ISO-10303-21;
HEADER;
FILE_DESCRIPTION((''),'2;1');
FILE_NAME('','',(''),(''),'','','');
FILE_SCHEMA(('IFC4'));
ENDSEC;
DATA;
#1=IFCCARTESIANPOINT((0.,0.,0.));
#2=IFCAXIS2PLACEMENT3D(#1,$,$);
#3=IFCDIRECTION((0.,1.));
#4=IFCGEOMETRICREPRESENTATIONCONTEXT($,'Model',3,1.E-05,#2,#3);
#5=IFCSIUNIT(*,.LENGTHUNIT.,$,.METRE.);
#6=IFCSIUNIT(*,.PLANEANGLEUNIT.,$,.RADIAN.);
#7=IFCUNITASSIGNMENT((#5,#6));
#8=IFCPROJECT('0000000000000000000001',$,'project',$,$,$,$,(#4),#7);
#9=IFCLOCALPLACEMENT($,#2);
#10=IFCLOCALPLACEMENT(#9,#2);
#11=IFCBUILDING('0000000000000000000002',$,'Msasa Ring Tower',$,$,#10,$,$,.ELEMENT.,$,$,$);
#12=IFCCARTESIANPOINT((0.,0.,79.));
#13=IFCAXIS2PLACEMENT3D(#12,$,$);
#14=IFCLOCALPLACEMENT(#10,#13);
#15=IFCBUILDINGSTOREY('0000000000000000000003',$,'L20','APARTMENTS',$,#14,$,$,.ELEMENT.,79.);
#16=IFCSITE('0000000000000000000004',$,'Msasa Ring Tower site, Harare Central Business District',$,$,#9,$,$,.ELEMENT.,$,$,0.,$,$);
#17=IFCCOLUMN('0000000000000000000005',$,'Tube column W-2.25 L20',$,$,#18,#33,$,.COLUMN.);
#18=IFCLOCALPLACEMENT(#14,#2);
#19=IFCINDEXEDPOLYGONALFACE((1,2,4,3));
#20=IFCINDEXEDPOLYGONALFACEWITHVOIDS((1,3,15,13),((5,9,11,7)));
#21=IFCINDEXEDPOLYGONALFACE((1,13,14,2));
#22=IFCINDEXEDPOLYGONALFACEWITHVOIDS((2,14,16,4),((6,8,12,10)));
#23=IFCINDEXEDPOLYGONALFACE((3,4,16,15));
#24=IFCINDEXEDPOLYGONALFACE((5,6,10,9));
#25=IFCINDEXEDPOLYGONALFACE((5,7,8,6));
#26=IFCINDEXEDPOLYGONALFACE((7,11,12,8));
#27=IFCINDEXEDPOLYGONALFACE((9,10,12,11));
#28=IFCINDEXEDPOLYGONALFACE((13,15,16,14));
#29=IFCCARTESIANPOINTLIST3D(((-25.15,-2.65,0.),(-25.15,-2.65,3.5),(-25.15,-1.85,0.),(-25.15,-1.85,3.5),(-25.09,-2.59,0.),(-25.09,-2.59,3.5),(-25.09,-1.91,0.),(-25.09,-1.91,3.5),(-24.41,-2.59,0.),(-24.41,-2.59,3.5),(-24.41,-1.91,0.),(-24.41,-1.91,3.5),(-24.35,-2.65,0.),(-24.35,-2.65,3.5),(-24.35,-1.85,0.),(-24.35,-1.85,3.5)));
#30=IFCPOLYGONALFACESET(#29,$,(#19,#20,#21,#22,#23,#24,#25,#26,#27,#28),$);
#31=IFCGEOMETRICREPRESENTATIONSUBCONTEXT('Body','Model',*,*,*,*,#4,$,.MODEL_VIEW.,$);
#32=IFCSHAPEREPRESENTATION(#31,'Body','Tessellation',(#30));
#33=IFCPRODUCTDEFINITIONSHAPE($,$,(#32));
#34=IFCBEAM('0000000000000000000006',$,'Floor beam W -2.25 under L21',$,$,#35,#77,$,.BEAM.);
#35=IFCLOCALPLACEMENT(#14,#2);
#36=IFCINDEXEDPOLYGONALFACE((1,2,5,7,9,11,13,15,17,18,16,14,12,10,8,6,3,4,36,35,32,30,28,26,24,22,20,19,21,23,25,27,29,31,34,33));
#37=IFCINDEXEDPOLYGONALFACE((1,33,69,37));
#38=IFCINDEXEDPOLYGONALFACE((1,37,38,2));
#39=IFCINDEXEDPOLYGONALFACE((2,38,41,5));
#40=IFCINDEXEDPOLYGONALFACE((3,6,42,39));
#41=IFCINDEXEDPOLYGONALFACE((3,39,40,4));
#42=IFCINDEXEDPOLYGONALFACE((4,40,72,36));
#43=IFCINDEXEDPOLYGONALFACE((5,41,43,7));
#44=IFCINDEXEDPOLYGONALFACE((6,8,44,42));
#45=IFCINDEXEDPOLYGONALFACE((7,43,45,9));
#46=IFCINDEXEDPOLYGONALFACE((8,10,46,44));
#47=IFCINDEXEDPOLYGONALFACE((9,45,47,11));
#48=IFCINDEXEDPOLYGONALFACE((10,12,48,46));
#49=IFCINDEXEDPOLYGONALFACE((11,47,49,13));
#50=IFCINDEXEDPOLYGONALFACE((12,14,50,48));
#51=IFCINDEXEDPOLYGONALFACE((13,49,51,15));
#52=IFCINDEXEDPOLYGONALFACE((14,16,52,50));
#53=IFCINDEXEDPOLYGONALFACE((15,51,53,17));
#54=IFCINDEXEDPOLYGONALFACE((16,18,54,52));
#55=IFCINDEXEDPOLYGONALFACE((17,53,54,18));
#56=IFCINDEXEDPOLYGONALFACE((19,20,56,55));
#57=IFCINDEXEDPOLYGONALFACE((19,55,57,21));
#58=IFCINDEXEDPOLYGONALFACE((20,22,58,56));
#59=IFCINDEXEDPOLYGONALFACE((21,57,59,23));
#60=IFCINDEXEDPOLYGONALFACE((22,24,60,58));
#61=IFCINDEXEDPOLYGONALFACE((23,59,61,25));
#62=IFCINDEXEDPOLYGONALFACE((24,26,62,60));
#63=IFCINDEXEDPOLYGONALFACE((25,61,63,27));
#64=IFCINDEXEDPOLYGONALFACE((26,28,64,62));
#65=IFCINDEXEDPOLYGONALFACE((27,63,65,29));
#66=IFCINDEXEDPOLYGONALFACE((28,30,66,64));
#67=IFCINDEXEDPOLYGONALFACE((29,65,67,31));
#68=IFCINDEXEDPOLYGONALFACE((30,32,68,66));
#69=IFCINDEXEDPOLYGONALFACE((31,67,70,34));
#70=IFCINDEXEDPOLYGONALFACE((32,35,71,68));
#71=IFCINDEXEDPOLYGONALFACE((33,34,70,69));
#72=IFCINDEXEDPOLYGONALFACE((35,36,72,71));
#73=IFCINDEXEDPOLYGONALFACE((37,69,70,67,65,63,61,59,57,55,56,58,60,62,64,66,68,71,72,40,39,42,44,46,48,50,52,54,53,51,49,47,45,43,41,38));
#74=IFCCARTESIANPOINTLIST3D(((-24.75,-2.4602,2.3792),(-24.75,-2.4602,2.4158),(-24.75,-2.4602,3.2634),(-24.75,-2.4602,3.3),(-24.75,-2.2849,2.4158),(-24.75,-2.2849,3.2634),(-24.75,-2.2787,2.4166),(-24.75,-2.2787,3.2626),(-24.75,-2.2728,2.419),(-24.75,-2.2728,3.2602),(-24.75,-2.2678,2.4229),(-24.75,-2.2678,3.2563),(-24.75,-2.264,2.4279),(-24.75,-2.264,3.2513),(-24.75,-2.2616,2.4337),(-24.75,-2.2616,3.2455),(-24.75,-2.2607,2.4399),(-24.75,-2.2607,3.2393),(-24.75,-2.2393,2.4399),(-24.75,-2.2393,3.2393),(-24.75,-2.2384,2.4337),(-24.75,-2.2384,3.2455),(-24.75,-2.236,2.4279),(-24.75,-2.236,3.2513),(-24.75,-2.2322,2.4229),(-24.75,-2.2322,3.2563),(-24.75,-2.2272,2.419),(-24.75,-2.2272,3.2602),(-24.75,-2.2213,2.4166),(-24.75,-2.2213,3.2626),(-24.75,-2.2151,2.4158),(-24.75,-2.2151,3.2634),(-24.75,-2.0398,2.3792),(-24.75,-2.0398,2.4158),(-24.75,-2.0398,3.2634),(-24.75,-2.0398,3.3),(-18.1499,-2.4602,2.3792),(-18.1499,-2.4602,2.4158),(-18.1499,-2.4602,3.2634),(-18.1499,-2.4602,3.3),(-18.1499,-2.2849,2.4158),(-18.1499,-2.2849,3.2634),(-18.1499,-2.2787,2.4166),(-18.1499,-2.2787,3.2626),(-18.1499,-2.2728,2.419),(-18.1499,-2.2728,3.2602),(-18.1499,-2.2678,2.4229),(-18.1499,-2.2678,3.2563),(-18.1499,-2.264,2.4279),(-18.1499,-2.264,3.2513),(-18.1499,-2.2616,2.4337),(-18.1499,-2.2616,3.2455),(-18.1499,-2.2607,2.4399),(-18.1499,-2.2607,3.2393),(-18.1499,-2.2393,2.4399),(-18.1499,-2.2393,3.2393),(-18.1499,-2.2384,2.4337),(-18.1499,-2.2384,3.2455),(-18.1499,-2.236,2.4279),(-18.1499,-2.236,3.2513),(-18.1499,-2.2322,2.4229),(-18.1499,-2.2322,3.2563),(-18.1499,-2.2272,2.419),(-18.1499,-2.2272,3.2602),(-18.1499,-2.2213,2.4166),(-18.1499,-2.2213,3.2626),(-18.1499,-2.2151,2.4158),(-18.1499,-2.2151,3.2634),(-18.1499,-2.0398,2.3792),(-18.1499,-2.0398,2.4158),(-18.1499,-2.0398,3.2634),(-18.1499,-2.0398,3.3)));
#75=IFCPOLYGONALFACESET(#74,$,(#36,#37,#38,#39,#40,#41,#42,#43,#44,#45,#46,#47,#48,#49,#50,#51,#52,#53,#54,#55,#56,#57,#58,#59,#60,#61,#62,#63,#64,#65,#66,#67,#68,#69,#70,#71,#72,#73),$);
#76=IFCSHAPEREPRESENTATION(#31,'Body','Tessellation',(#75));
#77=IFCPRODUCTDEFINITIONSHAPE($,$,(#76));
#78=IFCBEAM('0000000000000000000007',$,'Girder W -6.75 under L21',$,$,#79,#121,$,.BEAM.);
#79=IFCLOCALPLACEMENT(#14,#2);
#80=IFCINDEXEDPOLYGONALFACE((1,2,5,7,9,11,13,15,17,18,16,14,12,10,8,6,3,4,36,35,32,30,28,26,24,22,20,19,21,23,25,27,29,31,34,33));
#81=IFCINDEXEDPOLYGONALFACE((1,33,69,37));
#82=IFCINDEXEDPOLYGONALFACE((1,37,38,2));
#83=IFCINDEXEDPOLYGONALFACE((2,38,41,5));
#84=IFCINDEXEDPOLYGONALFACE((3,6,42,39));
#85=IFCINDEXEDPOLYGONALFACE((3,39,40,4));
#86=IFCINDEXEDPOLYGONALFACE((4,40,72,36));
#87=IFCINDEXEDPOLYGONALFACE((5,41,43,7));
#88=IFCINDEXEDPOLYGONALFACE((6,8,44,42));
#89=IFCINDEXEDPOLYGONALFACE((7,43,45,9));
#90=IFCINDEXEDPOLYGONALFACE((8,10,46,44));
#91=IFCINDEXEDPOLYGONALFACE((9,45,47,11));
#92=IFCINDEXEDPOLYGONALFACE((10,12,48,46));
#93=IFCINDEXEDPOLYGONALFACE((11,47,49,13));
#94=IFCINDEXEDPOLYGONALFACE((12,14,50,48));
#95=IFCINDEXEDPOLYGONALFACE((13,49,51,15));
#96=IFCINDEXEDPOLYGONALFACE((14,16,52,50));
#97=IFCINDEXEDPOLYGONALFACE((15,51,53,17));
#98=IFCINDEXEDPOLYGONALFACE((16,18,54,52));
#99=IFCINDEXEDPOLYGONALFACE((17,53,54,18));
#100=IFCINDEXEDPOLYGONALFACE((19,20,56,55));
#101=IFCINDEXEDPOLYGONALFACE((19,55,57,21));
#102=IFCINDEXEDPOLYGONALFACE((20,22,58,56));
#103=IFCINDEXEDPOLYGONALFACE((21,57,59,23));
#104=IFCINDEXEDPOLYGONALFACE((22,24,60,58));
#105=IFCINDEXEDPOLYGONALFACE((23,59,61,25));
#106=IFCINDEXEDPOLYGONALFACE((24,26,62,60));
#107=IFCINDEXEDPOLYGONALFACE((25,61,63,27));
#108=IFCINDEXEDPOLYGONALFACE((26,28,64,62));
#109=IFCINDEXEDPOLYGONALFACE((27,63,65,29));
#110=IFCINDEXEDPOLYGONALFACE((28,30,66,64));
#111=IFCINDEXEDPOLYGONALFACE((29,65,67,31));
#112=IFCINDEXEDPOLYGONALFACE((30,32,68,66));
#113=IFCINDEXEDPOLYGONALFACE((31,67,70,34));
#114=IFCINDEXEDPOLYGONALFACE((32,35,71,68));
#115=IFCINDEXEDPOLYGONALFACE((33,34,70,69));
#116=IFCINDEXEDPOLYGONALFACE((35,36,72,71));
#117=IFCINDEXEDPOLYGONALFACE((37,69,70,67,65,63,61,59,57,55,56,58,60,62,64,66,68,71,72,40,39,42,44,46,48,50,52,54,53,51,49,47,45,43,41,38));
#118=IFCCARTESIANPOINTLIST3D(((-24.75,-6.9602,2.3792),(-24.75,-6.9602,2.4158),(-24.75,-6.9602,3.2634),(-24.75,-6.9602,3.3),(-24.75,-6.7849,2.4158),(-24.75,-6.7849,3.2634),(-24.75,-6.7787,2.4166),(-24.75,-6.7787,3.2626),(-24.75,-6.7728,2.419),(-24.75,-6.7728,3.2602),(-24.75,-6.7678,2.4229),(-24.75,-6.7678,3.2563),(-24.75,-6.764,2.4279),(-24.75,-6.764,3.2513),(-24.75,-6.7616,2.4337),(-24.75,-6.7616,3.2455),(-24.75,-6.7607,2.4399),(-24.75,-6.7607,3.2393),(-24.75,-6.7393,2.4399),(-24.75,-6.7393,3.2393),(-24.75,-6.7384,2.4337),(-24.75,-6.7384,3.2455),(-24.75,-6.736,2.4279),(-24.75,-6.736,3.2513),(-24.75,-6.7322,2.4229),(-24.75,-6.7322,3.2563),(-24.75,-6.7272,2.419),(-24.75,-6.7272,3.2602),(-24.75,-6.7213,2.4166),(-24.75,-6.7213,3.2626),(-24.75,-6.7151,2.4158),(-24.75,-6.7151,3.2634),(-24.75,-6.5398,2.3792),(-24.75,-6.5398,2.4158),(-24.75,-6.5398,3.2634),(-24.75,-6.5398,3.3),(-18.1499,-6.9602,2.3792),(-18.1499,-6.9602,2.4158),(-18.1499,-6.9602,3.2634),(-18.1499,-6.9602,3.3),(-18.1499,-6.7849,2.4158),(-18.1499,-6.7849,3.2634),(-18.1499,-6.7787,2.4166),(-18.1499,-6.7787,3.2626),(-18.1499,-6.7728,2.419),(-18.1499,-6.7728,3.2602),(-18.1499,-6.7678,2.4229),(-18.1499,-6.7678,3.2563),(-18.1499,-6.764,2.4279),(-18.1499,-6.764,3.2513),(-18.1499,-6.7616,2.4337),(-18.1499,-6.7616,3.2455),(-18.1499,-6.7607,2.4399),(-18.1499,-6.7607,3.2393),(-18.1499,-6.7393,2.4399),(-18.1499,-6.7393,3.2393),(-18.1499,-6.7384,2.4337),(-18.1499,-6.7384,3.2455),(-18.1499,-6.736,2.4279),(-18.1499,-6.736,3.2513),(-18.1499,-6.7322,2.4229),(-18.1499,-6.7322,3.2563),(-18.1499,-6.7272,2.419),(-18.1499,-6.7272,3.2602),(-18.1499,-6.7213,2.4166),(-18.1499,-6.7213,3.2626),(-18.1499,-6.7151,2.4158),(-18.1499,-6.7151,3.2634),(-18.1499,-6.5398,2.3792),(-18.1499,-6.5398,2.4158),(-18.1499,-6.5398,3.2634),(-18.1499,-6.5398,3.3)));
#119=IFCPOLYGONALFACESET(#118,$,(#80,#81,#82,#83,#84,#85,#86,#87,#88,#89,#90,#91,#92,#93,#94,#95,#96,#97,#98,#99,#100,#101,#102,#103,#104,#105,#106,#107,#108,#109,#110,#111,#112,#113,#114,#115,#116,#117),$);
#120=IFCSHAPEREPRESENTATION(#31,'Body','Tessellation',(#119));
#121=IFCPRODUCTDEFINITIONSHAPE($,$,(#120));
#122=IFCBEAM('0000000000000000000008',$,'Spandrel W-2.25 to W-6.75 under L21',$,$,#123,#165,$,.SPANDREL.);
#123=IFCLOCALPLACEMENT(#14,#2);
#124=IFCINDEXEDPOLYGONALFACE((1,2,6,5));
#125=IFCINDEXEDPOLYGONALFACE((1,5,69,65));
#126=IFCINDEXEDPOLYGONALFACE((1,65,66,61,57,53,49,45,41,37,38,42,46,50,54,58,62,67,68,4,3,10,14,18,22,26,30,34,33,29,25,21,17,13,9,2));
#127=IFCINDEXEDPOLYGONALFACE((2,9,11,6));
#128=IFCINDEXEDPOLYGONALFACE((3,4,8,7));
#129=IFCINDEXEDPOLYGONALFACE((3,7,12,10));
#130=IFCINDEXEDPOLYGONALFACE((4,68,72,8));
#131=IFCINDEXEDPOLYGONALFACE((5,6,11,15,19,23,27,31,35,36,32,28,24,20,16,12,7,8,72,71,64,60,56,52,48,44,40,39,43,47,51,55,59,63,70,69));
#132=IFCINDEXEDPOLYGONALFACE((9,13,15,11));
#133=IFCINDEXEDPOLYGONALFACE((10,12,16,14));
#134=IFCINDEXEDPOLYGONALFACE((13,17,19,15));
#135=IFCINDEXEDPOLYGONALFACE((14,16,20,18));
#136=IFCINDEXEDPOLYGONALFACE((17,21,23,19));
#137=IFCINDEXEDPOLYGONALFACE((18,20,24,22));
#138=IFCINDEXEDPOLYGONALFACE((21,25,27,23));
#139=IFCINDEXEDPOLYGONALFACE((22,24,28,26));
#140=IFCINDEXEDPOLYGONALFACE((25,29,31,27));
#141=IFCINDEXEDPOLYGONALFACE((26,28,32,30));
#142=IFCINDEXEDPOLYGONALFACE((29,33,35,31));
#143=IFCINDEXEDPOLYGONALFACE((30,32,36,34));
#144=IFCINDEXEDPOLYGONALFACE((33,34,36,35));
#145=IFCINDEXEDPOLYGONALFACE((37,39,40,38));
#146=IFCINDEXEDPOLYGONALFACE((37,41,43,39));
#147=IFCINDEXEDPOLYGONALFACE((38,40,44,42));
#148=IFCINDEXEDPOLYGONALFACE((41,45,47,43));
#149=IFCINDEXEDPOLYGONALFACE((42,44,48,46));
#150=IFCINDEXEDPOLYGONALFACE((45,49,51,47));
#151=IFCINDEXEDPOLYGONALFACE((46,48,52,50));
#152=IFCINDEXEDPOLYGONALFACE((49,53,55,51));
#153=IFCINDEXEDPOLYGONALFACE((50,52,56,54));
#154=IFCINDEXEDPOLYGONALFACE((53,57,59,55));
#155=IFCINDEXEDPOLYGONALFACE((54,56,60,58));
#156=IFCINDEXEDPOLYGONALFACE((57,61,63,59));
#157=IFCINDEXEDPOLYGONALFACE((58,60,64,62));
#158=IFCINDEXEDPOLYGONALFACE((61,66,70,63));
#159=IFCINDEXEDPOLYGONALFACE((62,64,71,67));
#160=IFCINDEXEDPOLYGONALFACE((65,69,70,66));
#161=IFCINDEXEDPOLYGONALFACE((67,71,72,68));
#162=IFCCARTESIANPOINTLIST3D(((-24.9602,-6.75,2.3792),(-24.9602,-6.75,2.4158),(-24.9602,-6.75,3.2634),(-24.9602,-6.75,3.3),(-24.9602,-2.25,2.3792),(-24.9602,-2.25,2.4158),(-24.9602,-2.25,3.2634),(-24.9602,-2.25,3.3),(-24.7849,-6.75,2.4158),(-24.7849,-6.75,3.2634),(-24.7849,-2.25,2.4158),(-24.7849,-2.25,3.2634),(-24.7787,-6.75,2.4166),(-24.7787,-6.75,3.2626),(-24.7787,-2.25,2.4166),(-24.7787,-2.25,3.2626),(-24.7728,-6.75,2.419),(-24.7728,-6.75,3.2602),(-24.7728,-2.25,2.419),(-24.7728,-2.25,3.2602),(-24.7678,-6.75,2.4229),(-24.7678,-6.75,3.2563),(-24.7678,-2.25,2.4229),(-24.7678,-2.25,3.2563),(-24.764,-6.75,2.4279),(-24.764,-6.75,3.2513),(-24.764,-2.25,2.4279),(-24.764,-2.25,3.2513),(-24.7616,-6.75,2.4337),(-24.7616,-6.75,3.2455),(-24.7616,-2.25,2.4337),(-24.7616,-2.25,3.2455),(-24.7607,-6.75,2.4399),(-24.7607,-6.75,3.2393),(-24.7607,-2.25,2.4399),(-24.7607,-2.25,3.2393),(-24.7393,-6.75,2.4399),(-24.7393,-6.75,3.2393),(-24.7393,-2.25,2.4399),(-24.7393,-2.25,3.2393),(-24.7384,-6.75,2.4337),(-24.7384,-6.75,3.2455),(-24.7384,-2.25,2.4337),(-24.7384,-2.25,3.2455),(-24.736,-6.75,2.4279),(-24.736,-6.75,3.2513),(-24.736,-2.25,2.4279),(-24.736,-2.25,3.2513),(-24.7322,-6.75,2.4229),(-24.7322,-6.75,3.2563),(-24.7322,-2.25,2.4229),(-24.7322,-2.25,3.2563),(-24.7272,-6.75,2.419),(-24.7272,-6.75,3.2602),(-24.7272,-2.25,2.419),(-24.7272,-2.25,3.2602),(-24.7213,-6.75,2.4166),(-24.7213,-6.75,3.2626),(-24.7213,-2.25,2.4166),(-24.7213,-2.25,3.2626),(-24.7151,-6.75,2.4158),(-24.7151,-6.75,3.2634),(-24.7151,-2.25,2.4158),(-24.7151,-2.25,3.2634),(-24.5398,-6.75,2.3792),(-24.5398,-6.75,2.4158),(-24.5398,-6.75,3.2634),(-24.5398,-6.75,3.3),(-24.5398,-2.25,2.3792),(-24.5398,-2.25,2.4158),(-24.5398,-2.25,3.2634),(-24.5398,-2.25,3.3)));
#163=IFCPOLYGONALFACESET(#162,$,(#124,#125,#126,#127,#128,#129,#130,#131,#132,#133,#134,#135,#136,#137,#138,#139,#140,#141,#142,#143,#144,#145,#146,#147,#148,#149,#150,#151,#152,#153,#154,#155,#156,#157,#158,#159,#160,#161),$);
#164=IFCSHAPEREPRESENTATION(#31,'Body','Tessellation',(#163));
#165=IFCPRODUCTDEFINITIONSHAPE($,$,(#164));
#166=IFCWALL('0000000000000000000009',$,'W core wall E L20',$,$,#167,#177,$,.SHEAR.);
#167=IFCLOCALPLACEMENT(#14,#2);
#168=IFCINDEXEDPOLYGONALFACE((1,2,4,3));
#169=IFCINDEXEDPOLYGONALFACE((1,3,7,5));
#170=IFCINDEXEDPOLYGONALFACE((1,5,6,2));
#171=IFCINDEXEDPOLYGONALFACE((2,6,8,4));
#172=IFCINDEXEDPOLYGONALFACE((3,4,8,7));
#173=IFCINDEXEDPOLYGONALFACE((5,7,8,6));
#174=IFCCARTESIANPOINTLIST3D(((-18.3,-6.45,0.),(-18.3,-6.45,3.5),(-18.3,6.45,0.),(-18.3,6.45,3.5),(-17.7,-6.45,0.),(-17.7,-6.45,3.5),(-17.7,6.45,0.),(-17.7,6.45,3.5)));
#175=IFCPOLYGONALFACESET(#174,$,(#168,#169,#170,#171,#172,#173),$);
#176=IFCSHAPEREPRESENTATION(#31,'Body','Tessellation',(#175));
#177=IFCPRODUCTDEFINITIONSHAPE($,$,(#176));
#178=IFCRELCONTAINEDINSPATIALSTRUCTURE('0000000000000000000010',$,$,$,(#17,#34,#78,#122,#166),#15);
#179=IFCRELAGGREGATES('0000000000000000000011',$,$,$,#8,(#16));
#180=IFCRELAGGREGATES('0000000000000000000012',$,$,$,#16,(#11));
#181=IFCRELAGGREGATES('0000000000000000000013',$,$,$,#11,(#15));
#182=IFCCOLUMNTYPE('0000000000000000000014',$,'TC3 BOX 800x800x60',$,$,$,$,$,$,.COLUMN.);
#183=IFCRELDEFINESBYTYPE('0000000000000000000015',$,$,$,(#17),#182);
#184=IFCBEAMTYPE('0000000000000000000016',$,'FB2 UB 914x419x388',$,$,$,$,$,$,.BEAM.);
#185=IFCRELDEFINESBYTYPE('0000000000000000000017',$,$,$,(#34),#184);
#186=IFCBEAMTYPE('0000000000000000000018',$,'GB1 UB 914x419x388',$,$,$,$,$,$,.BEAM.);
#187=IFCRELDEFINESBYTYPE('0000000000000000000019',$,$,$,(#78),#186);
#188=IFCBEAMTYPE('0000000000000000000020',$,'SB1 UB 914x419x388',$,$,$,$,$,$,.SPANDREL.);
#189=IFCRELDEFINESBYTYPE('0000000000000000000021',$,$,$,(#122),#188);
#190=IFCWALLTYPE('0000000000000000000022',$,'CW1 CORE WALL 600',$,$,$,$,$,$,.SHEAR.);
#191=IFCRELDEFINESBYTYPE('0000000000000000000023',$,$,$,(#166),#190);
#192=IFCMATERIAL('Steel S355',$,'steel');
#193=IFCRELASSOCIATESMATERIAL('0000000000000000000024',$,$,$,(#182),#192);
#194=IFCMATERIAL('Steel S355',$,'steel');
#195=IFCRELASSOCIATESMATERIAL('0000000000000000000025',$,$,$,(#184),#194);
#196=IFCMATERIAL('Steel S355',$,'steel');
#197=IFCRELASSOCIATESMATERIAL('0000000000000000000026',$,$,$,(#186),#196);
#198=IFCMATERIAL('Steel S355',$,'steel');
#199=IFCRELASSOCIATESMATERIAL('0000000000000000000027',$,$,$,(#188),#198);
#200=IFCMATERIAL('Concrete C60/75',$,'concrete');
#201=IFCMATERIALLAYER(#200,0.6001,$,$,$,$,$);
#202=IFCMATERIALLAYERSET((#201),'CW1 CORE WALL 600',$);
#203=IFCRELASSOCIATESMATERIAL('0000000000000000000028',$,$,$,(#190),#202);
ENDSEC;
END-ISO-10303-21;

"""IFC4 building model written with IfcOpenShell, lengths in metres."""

from ifc_helpers import new_model, si_unit, direction, frame, frame_2d, origin, origin_2d, place, context, subcontext, project, spatial, rectangle, hollow_rectangle, i_section, extrude, material, layer, layer_set, material_profile, profile_set, type_object, element, save


model = new_model("IFC4")

# Units and contexts
model_context = context("Model", 3, precision=1e-05, world=origin(), true_north=direction((0.0, 1.0)))
body_context = subcontext(model_context, "Body", "Model", "MODEL_VIEW")
ifc_project = project(units=[si_unit("LENGTHUNIT", "METRE"), si_unit("PLANEANGLEUNIT", "RADIAN")], contexts=[model_context])

# Site, building, storey
site_placement = place(None, origin())
site = spatial("IfcSite", under=ifc_project, at=site_placement, Name="Msasa Ring Tower site, Harare Central Business District", CompositionType="ELEMENT", RefElevation=0.0)
building_placement = place(site_placement, origin())
building = spatial("IfcBuilding", under=site, at=building_placement, Name="Msasa Ring Tower", CompositionType="ELEMENT")
storey_placement = place(building_placement, frame((0.0, 0.0, 79.0)))
storey = spatial("IfcBuildingStorey", under=building, at=storey_placement, Name="L20", Description="APARTMENTS", CompositionType="ELEMENT", Elevation=79.0)

# Column
ifc_material_1 = material(Name="Steel S355", Category="steel")
ifc_material_profile_1 = material_profile(ifc_material_1, hollow_rectangle(XDim=0.8, YDim=0.8, WallThickness=0.0601, at=origin_2d()), Name="BOX 800x800x60")
ifc_profile_set_1 = profile_set([ifc_material_profile_1], Name="Steel S355")
column_type = type_object("IfcColumnType", Name="TC3 BOX 800x800x60", PredefinedType="COLUMN", material=ifc_profile_set_1)
column_placement = place(storey_placement, frame((-24.75, -2.25, 0.0), z_axis=(0.0, 0.0, 1.0), x_axis=(1.0, 0.0, 0.0)))
element("IfcColumn", 1, at=column_placement, inside=storey, type_object=column_type, Name="Tube column W-2.25 L20", PredefinedType="COLUMN", context=body_context, shape_type="SweptSolid", body=[
    extrude(hollow_rectangle(XDim=0.8, YDim=0.8, WallThickness=0.0601, at=origin_2d()), origin(), (0.0, 0.0, 1.0), 3.5),
])

# Beams
ifc_material_2 = material(Name="Steel S355", Category="steel")
ifc_material_profile_2 = material_profile(ifc_material_2, i_section(OverallWidth=0.4204, OverallDepth=0.9209, WebThickness=0.0215, FlangeThickness=0.0366, FilletRadius=0.0242, at=origin_2d()), Name="UB 914x419x388")
ifc_profile_set_2 = profile_set([ifc_material_profile_2], Name="Steel S355")
beam_type_1 = type_object("IfcBeamType", Name="FB2 UB 914x419x388", PredefinedType="BEAM", material=ifc_profile_set_2)
beam_1_placement = place(storey_placement, frame((-24.75, -2.25, 2.8396), z_axis=(1.0, 0.0, 0.0), x_axis=(0.0, 1.0, 0.0)))
element("IfcBeam", 2, at=beam_1_placement, inside=storey, type_object=beam_type_1, Name="Floor beam W -2.25 under L21", PredefinedType="BEAM", context=body_context, shape_type="SweptSolid", body=[
    extrude(i_section(OverallWidth=0.4204, OverallDepth=0.9209, WebThickness=0.0215, FlangeThickness=0.0366, FilletRadius=0.0242, at=origin_2d()), origin(), (0.0, 0.0, 1.0), 6.6001),
])
ifc_material_3 = material(Name="Steel S355", Category="steel")
ifc_material_profile_3 = material_profile(ifc_material_3, i_section(OverallWidth=0.4204, OverallDepth=0.9209, WebThickness=0.0215, FlangeThickness=0.0366, FilletRadius=0.0242, at=origin_2d()), Name="UB 914x419x388")
ifc_profile_set_3 = profile_set([ifc_material_profile_3], Name="Steel S355")
beam_type_2 = type_object("IfcBeamType", Name="GB1 UB 914x419x388", PredefinedType="BEAM", material=ifc_profile_set_3)
beam_2_placement = place(storey_placement, frame((-18.1499, -6.75, 2.8396), z_axis=(-1.0, 0.0, 0.0), x_axis=(0.0, -1.0, 0.0)))
element("IfcBeam", 3, at=beam_2_placement, inside=storey, type_object=beam_type_2, Name="Girder W -6.75 under L21", PredefinedType="BEAM", context=body_context, shape_type="SweptSolid", body=[
    extrude(i_section(OverallWidth=0.4204, OverallDepth=0.9209, WebThickness=0.0215, FlangeThickness=0.0366, FilletRadius=0.0242, at=origin_2d()), origin(), (0.0, 0.0, 1.0), 6.6001),
])
ifc_material_4 = material(Name="Steel S355", Category="steel")
ifc_material_profile_4 = material_profile(ifc_material_4, i_section(OverallWidth=0.4204, OverallDepth=0.9209, WebThickness=0.0215, FlangeThickness=0.0366, FilletRadius=0.0242, at=origin_2d()), Name="UB 914x419x388")
ifc_profile_set_4 = profile_set([ifc_material_profile_4], Name="Steel S355")
beam_type_3 = type_object("IfcBeamType", Name="SB1 UB 914x419x388", PredefinedType="SPANDREL", material=ifc_profile_set_4)
beam_3_placement = place(storey_placement, frame((-24.75, -2.25, 2.8396), z_axis=(0.0, -1.0, 0.0), x_axis=(1.0, 0.0, 0.0)))
element("IfcBeam", 4, at=beam_3_placement, inside=storey, type_object=beam_type_3, Name="Spandrel W-2.25 to W-6.75 under L21", PredefinedType="SPANDREL", context=body_context, shape_type="SweptSolid", body=[
    extrude(i_section(OverallWidth=0.4204, OverallDepth=0.9209, WebThickness=0.0215, FlangeThickness=0.0366, FilletRadius=0.0242, at=origin_2d()), origin(), (0.0, 0.0, 1.0), 4.5),
])

# Wall
ifc_material_5 = material(Name="Concrete C60/75", Category="concrete")
ifc_layer_1 = layer(ifc_material_5, 0.6001)
ifc_layer_set_1 = layer_set([ifc_layer_1], Name="CW1 CORE WALL 600")
wall_type_1 = type_object("IfcWallType", Name="CW1 CORE WALL 600", PredefinedType="SHEAR", material=ifc_layer_set_1)
wall_1_placement = place(storey_placement, frame((-18.0, -6.45, 0.0), z_axis=(0.0, 0.0, 1.0), x_axis=(0.0, 1.0, 0.0)))
element("IfcWall", 5, at=wall_1_placement, inside=storey, type_object=wall_type_1, Name="W core wall E L20", PredefinedType="SHEAR", context=body_context, shape_type="SweptSolid", body=[
    extrude(rectangle(XDim=12.8999, YDim=0.6001, at=frame_2d((6.45, 0.0))), origin(), (0.0, 0.0, 1.0), 3.5),
])

save(model, "model.ifc")
